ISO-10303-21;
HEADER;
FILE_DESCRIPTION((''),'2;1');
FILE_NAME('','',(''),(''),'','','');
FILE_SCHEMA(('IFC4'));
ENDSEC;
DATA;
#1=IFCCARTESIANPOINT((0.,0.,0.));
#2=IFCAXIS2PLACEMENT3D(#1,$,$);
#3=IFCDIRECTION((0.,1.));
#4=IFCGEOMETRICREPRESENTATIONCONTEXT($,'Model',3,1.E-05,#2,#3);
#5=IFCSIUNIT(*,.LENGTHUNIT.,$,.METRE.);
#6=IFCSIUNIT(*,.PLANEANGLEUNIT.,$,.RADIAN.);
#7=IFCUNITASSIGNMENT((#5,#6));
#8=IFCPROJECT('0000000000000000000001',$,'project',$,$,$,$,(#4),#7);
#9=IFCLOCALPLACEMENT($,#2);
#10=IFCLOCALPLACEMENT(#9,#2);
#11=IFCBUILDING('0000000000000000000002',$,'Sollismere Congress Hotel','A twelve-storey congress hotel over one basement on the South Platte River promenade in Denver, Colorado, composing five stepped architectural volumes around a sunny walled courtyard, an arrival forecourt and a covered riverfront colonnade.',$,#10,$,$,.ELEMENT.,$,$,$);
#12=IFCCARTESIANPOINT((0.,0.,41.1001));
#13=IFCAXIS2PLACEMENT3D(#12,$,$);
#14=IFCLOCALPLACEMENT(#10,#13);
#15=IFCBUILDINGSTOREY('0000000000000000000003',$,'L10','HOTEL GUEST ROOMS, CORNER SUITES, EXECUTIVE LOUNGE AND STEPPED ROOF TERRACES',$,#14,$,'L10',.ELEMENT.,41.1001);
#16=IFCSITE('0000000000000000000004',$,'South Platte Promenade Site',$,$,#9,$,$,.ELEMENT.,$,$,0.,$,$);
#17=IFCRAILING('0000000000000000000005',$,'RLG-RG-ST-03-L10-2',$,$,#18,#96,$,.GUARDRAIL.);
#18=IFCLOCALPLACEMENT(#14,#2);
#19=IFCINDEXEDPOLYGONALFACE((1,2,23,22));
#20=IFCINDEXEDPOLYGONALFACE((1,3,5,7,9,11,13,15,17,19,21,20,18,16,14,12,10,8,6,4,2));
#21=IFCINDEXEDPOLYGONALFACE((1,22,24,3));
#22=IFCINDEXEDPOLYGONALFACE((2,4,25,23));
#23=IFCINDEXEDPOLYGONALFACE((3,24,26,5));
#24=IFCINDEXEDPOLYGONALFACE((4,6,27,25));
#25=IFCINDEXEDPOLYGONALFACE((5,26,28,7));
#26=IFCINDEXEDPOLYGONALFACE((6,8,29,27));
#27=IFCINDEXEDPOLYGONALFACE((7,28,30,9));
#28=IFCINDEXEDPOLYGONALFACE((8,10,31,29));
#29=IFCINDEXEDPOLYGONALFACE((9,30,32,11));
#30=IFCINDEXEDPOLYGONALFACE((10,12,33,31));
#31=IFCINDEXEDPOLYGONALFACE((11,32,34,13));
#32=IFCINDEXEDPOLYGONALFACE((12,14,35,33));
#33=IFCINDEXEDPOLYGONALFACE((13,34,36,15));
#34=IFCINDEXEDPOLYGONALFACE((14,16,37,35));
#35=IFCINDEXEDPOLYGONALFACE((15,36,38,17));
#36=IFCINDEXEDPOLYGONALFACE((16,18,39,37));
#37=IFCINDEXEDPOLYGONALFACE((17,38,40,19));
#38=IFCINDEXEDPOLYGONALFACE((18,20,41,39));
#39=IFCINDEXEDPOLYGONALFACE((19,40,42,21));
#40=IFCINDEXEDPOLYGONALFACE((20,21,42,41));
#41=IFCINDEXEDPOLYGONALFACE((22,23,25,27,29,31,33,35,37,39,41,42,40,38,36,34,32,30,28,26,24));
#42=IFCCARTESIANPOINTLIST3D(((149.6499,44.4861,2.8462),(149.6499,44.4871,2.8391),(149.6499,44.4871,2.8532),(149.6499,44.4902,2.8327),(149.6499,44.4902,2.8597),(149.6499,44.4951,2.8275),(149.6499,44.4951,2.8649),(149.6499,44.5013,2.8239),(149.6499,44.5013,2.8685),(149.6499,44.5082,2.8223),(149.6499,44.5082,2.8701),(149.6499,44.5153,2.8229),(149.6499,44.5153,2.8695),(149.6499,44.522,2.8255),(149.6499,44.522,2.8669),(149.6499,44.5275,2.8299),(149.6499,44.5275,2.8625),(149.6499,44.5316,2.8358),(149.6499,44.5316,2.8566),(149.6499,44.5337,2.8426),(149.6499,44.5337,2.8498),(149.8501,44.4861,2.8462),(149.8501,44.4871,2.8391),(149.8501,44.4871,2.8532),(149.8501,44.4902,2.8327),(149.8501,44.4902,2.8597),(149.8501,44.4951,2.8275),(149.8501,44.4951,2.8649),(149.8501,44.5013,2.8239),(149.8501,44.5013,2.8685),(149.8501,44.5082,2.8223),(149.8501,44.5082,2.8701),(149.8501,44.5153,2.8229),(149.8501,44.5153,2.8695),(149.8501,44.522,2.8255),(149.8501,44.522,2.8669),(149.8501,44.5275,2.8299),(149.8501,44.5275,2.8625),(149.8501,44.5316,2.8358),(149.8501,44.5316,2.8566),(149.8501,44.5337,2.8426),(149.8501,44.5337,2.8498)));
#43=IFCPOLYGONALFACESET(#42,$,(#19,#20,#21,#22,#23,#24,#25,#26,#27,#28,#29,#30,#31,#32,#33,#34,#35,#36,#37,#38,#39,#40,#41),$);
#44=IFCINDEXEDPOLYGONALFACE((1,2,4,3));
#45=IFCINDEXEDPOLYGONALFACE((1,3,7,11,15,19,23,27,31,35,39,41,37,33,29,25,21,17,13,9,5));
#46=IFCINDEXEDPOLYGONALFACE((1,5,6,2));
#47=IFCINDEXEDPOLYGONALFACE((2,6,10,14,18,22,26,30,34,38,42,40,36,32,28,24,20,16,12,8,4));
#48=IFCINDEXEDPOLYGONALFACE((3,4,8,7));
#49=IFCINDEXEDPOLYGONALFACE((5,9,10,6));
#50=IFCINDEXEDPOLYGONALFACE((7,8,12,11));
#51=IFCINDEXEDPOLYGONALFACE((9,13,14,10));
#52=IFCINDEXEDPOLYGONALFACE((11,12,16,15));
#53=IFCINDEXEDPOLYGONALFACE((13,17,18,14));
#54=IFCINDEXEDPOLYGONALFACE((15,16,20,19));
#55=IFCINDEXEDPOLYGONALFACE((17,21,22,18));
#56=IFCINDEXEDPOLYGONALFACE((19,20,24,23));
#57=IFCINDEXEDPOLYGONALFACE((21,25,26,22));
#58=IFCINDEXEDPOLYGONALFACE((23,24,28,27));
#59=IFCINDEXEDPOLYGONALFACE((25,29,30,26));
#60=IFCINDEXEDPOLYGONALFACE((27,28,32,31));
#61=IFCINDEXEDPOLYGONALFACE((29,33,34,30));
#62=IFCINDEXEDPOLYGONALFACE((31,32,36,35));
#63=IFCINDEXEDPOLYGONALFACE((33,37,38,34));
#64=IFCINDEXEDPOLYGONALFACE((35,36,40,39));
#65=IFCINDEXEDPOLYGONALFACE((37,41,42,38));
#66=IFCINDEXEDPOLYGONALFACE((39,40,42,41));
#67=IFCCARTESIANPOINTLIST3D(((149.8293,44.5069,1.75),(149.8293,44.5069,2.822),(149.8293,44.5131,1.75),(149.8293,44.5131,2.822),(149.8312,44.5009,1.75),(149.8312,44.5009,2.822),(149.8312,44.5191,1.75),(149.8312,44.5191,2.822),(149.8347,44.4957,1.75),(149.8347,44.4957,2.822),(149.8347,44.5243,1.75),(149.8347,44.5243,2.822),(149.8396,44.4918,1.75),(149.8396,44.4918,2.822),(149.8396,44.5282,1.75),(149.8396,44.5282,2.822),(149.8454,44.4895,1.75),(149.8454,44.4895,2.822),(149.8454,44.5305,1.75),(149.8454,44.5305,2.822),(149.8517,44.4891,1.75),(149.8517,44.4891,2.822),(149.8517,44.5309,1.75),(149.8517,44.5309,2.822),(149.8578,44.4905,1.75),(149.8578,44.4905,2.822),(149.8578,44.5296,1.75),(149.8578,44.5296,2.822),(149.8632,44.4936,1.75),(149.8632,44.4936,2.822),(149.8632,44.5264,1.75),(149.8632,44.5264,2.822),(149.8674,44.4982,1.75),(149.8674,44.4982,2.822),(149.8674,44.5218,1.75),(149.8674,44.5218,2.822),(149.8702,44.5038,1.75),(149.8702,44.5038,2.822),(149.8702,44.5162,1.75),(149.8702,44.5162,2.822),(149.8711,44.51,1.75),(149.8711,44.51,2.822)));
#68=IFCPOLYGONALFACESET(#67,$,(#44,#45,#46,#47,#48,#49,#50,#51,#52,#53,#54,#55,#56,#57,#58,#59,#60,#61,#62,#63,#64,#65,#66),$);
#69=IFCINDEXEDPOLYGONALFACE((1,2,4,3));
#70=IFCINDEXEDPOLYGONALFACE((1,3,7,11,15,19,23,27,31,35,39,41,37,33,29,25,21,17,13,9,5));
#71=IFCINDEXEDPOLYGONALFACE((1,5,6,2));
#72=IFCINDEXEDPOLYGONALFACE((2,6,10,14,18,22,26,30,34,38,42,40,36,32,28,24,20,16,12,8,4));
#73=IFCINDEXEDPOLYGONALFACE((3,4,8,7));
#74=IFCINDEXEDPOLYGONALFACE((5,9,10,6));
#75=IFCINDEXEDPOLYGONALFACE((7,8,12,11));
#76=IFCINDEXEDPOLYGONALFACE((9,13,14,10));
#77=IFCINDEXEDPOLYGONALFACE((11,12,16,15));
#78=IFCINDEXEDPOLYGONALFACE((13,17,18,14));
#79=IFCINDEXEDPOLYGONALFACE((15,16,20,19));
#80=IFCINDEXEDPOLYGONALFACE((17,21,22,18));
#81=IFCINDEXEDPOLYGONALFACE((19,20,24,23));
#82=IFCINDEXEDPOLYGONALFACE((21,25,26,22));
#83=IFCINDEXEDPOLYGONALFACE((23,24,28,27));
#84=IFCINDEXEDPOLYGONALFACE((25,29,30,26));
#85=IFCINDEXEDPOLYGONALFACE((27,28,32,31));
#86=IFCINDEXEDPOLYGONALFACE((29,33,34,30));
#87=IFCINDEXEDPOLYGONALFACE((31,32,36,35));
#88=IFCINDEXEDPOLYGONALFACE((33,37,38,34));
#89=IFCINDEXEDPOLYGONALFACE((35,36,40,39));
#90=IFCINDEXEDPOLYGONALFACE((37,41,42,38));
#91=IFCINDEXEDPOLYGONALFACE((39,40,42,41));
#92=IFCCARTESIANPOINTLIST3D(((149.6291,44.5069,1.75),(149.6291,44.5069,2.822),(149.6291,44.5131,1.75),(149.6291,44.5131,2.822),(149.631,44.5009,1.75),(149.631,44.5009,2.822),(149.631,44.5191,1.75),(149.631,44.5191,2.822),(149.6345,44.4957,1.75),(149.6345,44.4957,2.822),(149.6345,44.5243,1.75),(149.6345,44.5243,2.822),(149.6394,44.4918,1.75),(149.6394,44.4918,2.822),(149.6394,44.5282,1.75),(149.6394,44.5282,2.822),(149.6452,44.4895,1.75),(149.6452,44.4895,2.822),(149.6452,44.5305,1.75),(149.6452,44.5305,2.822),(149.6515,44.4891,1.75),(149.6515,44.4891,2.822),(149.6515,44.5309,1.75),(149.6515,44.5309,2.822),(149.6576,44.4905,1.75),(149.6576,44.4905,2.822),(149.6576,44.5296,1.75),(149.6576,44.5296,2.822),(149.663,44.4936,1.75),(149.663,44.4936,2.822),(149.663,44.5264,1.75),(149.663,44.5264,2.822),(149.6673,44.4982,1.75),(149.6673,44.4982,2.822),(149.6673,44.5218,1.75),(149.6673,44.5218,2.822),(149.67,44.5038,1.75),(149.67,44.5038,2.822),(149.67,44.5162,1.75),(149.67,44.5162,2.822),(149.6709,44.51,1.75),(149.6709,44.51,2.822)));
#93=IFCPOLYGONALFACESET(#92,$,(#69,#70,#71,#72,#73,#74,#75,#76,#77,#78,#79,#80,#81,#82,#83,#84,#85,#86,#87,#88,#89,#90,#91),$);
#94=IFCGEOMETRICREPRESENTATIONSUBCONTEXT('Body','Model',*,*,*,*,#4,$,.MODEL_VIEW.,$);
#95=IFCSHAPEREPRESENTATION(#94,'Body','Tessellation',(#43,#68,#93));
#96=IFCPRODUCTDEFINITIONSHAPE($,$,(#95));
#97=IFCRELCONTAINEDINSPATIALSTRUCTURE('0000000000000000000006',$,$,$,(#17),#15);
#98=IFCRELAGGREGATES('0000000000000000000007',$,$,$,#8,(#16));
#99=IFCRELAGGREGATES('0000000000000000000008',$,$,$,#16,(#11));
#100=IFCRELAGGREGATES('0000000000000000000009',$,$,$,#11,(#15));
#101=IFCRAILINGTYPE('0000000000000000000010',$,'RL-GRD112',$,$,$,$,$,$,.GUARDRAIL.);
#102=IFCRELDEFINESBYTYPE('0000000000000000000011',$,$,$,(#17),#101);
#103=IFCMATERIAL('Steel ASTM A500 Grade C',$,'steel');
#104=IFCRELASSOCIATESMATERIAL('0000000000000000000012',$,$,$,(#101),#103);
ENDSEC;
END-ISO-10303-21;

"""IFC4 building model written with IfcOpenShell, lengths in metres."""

from ifc_helpers import new_model, si_unit, direction, frame, origin, origin_2d, place, context, subcontext, project, spatial, circle, extrude, material, type_object, element, save


model = new_model("IFC4")

# Units and contexts
model_context = context("Model", 3, precision=1e-05, world=origin(), true_north=direction((0.0, 1.0)))
body_context = subcontext(model_context, "Body", "Model", "MODEL_VIEW")
ifc_project = project(units=[si_unit("LENGTHUNIT", "METRE"), si_unit("PLANEANGLEUNIT", "RADIAN")], contexts=[model_context])

# Site, building, storey
site_placement = place(None, origin())
site = spatial("IfcSite", under=ifc_project, at=site_placement, Name="South Platte Promenade Site", CompositionType="ELEMENT", RefElevation=0.0)
building_placement = place(site_placement, origin())
building = spatial("IfcBuilding", under=site, at=building_placement, Name="Sollismere Congress Hotel", Description="A twelve-storey congress hotel over one basement on the South Platte River promenade in Denver, Colorado, composing five stepped architectural volumes around a sunny walled courtyard, an arrival forecourt and a covered riverfront colonnade.", CompositionType="ELEMENT")
storey_placement = place(building_placement, frame((0.0, 0.0, 41.1001)))
storey = spatial("IfcBuildingStorey", under=building, at=storey_placement, Name="L10", Description="HOTEL GUEST ROOMS, CORNER SUITES, EXECUTIVE LOUNGE AND STEPPED ROOF TERRACES", LongName="L10", CompositionType="ELEMENT", Elevation=41.1001)

# Railing
ifc_material_1 = material(Name="Steel ASTM A500 Grade C", Category="steel")
railing_type_1 = type_object("IfcRailingType", Name="RL-GRD112", PredefinedType="GUARDRAIL", material=ifc_material_1)
railing_1_placement = place(storey_placement, frame((149.8501, 44.51, 1.75)))
element("IfcRailing", 1, at=railing_1_placement, inside=storey, type_object=railing_type_1, Name="RLG-RG-ST-03-L10-2", PredefinedType="GUARDRAIL", context=body_context, shape_type="SweptSolid", body=[
    extrude(circle(Radius=0.0239, at=origin_2d()), frame((0.0, 0.0, 1.0962), z_axis=(-1.0, 0.0, 0.0), x_axis=(0.0, -1.0, 0.0)), (0.0, 0.0, 1.0), 0.2002),
    extrude(circle(Radius=0.021, at=origin_2d()), origin(), (0.0, 0.0, 1.0), 1.072),
    extrude(circle(Radius=0.021, at=origin_2d()), frame((-0.2002, 0.0, 0.0)), (0.0, 0.0, 1.0), 1.072),
])

save(model, "model.ifc")
